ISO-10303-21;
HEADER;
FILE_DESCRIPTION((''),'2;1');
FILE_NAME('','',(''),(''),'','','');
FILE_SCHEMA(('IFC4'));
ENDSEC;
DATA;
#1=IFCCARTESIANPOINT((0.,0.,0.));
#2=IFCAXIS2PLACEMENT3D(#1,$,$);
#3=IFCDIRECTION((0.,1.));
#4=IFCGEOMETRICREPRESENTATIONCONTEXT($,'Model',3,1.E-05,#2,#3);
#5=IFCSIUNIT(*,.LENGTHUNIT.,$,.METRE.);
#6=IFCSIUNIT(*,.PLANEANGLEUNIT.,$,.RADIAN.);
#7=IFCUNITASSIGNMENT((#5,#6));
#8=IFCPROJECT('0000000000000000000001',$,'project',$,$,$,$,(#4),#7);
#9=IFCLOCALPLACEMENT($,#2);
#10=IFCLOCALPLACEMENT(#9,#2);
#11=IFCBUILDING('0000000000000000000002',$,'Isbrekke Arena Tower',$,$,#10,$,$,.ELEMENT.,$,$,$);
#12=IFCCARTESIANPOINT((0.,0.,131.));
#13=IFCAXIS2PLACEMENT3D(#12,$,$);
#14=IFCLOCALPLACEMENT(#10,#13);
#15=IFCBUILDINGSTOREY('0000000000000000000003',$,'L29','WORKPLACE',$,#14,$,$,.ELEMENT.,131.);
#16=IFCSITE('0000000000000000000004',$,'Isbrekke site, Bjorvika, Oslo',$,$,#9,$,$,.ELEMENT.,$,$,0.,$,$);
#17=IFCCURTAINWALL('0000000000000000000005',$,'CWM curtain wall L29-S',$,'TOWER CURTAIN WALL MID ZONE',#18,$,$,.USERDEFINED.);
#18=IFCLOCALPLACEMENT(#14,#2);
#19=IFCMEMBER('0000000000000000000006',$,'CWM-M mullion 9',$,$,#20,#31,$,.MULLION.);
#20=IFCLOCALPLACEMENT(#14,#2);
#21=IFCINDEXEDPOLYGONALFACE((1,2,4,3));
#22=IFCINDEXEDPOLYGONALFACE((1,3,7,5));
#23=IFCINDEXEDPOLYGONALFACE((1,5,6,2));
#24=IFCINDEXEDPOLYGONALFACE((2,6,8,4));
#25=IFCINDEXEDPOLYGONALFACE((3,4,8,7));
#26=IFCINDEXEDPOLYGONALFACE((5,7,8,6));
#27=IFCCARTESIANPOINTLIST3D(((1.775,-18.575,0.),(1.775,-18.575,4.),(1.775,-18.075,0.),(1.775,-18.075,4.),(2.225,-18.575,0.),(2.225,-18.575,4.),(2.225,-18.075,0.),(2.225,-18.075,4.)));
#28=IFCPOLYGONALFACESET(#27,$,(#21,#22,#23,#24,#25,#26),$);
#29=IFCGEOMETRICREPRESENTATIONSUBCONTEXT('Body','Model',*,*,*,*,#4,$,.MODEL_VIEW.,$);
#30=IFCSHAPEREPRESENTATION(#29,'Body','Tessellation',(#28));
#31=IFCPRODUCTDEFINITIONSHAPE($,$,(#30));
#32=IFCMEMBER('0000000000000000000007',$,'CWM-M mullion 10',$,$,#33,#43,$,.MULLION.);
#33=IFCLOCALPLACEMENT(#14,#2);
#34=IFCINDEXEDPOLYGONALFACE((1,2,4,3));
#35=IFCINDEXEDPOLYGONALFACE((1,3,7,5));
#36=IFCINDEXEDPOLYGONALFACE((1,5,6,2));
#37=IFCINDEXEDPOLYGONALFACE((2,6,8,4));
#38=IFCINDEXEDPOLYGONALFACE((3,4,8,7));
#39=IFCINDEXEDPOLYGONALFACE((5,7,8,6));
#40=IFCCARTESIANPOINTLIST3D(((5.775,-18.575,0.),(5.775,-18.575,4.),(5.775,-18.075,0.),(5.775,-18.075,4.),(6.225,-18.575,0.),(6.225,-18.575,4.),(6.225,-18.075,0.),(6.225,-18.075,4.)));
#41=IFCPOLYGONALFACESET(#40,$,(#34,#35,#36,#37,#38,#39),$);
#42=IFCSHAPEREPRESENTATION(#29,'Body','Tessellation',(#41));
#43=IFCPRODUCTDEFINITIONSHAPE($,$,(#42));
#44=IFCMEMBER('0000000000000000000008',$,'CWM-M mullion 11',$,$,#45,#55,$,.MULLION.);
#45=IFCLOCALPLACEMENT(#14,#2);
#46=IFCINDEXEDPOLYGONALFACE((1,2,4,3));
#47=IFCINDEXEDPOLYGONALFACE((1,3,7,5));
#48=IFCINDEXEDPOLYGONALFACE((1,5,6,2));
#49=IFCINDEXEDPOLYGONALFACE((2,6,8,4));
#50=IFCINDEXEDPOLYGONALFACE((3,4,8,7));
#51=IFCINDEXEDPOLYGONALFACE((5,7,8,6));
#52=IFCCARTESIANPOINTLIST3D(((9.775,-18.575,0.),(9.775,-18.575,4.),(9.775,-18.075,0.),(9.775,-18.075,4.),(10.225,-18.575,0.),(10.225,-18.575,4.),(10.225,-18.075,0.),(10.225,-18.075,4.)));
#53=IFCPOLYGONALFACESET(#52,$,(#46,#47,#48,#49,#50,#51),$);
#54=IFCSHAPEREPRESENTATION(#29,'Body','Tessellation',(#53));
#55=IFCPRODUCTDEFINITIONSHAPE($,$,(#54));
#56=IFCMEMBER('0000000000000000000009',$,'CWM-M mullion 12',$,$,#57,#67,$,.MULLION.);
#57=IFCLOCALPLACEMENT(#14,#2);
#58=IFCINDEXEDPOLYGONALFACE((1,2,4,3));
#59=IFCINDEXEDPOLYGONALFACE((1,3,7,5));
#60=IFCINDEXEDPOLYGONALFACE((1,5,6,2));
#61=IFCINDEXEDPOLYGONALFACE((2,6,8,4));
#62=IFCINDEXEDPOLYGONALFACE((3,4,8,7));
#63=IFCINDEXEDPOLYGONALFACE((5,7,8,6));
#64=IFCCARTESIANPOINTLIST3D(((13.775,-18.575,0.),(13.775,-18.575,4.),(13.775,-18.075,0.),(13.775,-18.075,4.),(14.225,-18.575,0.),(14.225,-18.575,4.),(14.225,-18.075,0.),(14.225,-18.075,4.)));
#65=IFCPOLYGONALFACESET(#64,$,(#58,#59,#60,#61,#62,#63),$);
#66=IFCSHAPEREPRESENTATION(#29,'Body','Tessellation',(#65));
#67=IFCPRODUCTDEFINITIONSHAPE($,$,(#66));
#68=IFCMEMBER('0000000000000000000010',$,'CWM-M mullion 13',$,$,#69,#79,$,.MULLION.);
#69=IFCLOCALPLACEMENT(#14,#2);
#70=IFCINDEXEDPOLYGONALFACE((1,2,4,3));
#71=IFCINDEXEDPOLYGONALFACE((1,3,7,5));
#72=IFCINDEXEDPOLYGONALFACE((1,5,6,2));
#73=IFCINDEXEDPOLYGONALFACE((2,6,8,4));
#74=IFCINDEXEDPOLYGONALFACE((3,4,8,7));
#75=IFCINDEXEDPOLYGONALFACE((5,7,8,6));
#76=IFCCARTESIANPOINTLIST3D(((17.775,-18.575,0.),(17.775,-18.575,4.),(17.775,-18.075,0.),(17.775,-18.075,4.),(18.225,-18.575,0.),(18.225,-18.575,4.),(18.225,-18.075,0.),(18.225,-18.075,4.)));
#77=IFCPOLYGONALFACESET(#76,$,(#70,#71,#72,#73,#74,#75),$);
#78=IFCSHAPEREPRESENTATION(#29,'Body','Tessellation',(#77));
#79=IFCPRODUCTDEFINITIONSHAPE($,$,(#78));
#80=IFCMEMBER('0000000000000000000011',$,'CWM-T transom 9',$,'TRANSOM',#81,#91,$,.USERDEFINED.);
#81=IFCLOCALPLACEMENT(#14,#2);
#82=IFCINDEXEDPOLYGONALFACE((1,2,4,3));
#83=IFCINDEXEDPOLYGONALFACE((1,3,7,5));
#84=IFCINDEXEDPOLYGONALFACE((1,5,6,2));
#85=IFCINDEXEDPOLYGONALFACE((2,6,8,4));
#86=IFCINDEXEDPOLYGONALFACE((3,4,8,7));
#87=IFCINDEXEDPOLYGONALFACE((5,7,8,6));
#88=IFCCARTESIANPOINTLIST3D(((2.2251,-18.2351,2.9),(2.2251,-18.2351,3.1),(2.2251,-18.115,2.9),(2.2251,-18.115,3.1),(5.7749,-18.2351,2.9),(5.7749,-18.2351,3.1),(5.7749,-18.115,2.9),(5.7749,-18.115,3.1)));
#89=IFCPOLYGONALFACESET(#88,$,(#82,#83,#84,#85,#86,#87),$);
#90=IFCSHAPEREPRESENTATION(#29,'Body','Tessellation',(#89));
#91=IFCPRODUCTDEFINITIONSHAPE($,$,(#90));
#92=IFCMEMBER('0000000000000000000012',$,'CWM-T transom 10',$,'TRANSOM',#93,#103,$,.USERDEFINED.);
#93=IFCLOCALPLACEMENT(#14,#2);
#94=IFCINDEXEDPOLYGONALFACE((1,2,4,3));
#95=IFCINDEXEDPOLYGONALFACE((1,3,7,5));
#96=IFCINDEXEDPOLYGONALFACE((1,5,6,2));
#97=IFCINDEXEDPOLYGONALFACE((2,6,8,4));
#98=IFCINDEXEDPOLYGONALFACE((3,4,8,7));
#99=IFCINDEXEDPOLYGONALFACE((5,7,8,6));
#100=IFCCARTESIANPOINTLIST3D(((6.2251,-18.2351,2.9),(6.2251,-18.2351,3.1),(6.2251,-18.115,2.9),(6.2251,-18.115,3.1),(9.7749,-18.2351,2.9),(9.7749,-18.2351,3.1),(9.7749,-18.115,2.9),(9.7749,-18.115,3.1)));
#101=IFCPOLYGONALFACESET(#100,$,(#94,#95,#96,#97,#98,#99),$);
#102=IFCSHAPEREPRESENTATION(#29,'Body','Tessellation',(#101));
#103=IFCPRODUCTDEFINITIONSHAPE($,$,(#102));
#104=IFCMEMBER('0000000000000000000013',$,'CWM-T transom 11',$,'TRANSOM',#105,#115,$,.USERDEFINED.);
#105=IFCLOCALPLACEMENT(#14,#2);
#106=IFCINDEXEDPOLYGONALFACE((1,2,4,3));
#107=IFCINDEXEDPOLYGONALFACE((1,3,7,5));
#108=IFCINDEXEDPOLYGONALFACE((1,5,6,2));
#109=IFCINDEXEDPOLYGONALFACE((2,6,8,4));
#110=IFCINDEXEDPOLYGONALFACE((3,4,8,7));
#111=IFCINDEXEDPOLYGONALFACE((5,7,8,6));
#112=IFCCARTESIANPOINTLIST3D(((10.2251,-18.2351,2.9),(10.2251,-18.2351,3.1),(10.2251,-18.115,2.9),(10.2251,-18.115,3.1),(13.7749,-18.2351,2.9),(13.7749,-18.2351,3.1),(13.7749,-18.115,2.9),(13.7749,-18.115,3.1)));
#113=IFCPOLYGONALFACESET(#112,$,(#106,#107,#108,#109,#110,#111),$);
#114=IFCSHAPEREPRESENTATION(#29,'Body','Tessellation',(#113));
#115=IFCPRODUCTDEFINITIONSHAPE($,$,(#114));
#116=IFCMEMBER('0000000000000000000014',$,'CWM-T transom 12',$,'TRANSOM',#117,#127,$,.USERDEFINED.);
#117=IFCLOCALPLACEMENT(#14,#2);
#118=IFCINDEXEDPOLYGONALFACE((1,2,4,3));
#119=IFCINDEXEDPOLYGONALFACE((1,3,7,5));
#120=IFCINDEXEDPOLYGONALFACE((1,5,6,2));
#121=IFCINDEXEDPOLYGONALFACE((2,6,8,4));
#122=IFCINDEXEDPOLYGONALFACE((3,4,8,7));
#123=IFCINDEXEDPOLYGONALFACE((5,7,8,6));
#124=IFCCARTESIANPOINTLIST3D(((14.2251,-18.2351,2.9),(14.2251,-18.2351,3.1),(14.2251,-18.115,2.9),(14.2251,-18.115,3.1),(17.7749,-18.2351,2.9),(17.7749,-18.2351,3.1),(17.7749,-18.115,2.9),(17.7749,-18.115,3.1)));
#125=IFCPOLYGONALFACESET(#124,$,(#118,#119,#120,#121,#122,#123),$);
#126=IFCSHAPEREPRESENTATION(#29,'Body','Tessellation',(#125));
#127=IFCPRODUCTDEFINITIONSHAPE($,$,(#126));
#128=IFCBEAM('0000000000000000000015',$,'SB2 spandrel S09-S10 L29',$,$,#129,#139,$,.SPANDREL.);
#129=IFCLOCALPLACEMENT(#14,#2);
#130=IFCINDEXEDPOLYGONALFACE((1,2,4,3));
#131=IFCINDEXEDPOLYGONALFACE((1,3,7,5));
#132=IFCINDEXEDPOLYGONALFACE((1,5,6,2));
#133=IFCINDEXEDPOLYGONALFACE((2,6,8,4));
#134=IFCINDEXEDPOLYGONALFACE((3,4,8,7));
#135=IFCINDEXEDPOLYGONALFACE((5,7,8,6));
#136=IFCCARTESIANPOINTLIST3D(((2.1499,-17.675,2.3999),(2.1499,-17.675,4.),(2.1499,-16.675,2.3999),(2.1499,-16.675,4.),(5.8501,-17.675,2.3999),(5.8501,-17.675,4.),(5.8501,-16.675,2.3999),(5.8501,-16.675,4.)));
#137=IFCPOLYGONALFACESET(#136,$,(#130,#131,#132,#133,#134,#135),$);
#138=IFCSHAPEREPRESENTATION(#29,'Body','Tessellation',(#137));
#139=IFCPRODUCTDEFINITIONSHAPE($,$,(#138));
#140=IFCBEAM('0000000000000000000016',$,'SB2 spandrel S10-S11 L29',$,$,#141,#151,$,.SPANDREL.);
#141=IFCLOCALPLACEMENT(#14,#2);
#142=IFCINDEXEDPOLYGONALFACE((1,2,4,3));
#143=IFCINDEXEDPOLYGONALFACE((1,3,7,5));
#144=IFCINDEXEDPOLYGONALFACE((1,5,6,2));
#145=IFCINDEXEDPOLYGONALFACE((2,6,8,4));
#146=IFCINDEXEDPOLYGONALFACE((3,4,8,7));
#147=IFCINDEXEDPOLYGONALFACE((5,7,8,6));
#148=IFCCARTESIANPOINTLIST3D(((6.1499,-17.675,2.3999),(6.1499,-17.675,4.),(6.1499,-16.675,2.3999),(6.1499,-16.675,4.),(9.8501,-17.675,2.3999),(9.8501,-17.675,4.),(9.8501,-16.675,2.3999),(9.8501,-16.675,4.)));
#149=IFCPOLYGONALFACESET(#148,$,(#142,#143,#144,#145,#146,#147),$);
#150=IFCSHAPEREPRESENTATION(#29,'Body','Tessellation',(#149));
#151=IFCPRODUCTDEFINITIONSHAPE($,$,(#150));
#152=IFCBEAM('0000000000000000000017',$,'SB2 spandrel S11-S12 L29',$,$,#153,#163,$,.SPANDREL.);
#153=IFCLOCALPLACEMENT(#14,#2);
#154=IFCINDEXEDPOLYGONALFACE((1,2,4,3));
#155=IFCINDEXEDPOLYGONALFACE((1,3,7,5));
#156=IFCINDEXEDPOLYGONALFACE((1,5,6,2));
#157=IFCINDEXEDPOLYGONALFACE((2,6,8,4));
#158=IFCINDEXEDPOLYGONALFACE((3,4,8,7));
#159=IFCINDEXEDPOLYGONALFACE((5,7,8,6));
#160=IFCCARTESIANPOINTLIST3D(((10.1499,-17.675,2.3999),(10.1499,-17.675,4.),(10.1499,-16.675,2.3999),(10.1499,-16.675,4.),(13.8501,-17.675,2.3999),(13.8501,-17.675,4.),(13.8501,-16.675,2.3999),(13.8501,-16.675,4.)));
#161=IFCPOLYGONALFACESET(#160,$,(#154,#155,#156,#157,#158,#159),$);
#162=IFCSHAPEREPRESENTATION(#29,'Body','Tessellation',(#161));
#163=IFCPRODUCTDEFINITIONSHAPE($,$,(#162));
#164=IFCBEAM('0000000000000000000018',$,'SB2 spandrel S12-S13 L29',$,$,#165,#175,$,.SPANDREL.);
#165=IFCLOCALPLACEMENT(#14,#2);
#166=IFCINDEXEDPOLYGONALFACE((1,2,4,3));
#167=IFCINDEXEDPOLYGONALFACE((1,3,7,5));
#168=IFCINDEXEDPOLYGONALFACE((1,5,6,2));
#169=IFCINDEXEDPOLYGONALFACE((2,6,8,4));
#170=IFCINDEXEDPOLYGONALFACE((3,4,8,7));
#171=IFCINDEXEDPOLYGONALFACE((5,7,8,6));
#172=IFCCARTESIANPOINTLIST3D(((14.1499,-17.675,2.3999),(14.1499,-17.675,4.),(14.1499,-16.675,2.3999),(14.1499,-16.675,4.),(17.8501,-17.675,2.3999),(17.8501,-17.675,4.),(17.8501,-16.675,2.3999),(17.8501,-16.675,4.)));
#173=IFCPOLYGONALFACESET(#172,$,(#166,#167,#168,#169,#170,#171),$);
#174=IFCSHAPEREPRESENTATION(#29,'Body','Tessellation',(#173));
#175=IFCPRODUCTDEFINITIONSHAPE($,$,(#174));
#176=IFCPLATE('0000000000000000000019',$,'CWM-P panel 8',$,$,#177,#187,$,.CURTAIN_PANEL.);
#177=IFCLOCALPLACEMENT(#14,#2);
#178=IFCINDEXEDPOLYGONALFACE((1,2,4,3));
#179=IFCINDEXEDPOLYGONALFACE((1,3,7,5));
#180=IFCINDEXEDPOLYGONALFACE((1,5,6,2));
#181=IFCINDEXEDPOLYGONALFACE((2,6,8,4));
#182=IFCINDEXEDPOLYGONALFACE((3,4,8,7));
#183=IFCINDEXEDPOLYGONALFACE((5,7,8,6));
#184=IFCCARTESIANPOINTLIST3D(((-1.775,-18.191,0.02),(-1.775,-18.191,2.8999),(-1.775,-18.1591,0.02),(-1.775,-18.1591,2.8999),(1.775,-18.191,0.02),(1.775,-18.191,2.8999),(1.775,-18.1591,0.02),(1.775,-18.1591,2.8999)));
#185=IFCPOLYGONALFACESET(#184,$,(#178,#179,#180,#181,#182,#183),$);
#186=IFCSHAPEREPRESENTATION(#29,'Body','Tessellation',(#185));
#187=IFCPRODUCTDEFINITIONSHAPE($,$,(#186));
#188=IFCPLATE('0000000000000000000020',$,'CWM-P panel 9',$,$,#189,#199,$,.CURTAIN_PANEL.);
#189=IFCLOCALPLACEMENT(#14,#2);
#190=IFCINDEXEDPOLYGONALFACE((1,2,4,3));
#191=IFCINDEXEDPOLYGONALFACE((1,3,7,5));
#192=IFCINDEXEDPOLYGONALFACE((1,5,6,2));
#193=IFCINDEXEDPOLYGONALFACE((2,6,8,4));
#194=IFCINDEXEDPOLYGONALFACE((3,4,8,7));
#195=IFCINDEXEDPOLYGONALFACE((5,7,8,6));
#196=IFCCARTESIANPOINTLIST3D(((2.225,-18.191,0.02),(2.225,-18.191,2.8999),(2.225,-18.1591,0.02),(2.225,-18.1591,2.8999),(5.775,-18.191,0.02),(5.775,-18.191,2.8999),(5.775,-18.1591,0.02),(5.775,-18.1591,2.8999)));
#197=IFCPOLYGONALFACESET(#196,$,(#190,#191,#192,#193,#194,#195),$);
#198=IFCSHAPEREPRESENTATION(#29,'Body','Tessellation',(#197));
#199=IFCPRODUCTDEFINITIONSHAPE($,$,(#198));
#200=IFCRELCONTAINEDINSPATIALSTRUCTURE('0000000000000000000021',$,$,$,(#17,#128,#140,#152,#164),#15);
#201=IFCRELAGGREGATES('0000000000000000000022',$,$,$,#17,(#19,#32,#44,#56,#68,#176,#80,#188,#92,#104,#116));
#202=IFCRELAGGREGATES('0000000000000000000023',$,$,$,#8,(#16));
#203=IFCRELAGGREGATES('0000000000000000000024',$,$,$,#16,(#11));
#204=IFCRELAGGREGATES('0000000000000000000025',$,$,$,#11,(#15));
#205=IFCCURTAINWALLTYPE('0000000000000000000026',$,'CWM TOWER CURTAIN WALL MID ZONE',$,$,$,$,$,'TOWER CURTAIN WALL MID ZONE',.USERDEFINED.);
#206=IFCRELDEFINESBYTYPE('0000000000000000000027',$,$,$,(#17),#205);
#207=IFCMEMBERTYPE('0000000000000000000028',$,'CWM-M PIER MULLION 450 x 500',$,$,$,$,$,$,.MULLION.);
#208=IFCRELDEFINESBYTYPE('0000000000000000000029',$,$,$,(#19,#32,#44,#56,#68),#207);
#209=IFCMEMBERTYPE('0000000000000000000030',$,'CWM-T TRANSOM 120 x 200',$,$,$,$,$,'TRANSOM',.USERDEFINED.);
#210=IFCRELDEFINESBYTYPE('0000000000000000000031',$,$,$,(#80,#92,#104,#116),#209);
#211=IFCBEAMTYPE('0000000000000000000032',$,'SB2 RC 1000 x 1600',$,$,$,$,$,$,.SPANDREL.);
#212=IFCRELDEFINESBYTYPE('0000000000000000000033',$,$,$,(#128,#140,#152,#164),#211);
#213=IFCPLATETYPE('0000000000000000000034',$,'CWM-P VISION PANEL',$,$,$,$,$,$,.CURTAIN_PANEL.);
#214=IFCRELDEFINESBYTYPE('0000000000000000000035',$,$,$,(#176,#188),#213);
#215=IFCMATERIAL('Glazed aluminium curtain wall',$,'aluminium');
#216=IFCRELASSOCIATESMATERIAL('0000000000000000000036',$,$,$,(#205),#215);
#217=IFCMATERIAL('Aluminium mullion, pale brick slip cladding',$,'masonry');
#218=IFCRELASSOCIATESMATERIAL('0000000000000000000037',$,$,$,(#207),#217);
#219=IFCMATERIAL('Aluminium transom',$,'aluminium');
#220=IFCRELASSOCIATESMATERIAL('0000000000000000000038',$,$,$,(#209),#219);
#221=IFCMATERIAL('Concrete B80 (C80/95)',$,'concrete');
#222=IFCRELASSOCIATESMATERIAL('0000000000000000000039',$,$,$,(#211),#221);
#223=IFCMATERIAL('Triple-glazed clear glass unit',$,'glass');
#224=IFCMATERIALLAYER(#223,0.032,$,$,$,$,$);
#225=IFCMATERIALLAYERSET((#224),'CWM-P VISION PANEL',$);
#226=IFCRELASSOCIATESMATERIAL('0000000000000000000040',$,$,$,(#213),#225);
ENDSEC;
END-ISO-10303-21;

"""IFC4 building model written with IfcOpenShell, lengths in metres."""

from ifc_helpers import new_model, si_unit, direction, frame, origin, origin_2d, place, context, subcontext, project, spatial, rectangle, extrude, material, layer, layer_set, material_profile, profile_set, type_object, element, aggregate, save


model = new_model("IFC4")

# Units and contexts
model_context = context("Model", 3, precision=1e-05, world=origin(), true_north=direction((0.0, 1.0)))
body_context = subcontext(model_context, "Body", "Model", "MODEL_VIEW")
ifc_project = project(units=[si_unit("LENGTHUNIT", "METRE"), si_unit("PLANEANGLEUNIT", "RADIAN")], contexts=[model_context])

# Site, building, storey
site_placement = place(None, origin())
site = spatial("IfcSite", under=ifc_project, at=site_placement, Name="Isbrekke site, Bjorvika, Oslo", CompositionType="ELEMENT", RefElevation=0.0)
building_placement = place(site_placement, origin())
building = spatial("IfcBuilding", under=site, at=building_placement, Name="Isbrekke Arena Tower", CompositionType="ELEMENT")
storey_placement = place(building_placement, frame((0.0, 0.0, 131.0)))
storey = spatial("IfcBuildingStorey", under=building, at=storey_placement, Name="L29", Description="WORKPLACE", CompositionType="ELEMENT", Elevation=131.0)

# Curtain wall, members
ifc_material_1 = material(Name="Glazed aluminium curtain wall", Category="aluminium")
curtain_wall_type = type_object("IfcCurtainWallType", Name="CWM TOWER CURTAIN WALL MID ZONE", ElementType="TOWER CURTAIN WALL MID ZONE", PredefinedType="USERDEFINED", material=ifc_material_1)
curtain_wall_placement = place(storey_placement, origin())
curtain_wall = element("IfcCurtainWall", 1, at=curtain_wall_placement, inside=storey, type_object=curtain_wall_type, Name="CWM curtain wall L29-S", ObjectType="TOWER CURTAIN WALL MID ZONE", PredefinedType="USERDEFINED")
ifc_material_2 = material(Name="Aluminium mullion, pale brick slip cladding", Category="masonry")
ifc_material_profile_1 = material_profile(ifc_material_2, rectangle(XDim=0.45, YDim=0.5, at=origin_2d()), Name="PIER 450X500")
ifc_profile_set_1 = profile_set([ifc_material_profile_1], Name="Aluminium mullion, pale brick slip cladding")
member_type_1 = type_object("IfcMemberType", Name="CWM-M PIER MULLION 450 x 500", PredefinedType="MULLION", material=ifc_profile_set_1)
member_1_placement = place(storey_placement, frame((2.0, -18.325, 0.0), z_axis=(0.0, 0.0, 1.0), x_axis=(1.0, 0.0, 0.0)))
member_1 = element("IfcMember", 2, at=member_1_placement, type_object=member_type_1, Name="CWM-M mullion 9", PredefinedType="MULLION", context=body_context, shape_type="SweptSolid", body=[
    extrude(rectangle(XDim=0.45, YDim=0.5, at=origin_2d()), origin(), (0.0, 0.0, 1.0), 4.0),
])
member_2_placement = place(storey_placement, frame((6.0, -18.325, 0.0), z_axis=(0.0, 0.0, 1.0), x_axis=(1.0, 0.0, 0.0)))
member_2 = element("IfcMember", 3, at=member_2_placement, type_object=member_type_1, Name="CWM-M mullion 10", PredefinedType="MULLION", context=body_context, shape_type="SweptSolid", body=[
    extrude(rectangle(XDim=0.45, YDim=0.5, at=origin_2d()), origin(), (0.0, 0.0, 1.0), 4.0),
])
member_3_placement = place(storey_placement, frame((10.0, -18.325, 0.0), z_axis=(0.0, 0.0, 1.0), x_axis=(1.0, 0.0, 0.0)))
member_3 = element("IfcMember", 4, at=member_3_placement, type_object=member_type_1, Name="CWM-M mullion 11", PredefinedType="MULLION", context=body_context, shape_type="SweptSolid", body=[
    extrude(rectangle(XDim=0.45, YDim=0.5, at=origin_2d()), origin(), (0.0, 0.0, 1.0), 4.0),
])
member_4_placement = place(storey_placement, frame((14.0, -18.325, 0.0), z_axis=(0.0, 0.0, 1.0), x_axis=(1.0, 0.0, 0.0)))
member_4 = element("IfcMember", 5, at=member_4_placement, type_object=member_type_1, Name="CWM-M mullion 12", PredefinedType="MULLION", context=body_context, shape_type="SweptSolid", body=[
    extrude(rectangle(XDim=0.45, YDim=0.5, at=origin_2d()), origin(), (0.0, 0.0, 1.0), 4.0),
])
member_5_placement = place(storey_placement, frame((18.0, -18.325, 0.0), z_axis=(0.0, 0.0, 1.0), x_axis=(1.0, 0.0, 0.0)))
member_5 = element("IfcMember", 6, at=member_5_placement, type_object=member_type_1, Name="CWM-M mullion 13", PredefinedType="MULLION", context=body_context, shape_type="SweptSolid", body=[
    extrude(rectangle(XDim=0.45, YDim=0.5, at=origin_2d()), origin(), (0.0, 0.0, 1.0), 4.0),
])
ifc_material_3 = material(Name="Aluminium transom", Category="aluminium")
ifc_material_profile_2 = material_profile(ifc_material_3, rectangle(XDim=0.1201, YDim=0.2, at=origin_2d()), Name="TRANSOM 120X200")
ifc_profile_set_2 = profile_set([ifc_material_profile_2], Name="Aluminium transom")
member_type_2 = type_object("IfcMemberType", Name="CWM-T TRANSOM 120 x 200", ElementType="TRANSOM", PredefinedType="USERDEFINED", material=ifc_profile_set_2)
member_6_placement = place(storey_placement, frame((2.2251, -18.175, 3.0), z_axis=(1.0, 0.0, 0.0), x_axis=(0.0, 1.0, 0.0)))
member_6 = element("IfcMember", 7, at=member_6_placement, type_object=member_type_2, Name="CWM-T transom 9", ObjectType="TRANSOM", PredefinedType="USERDEFINED", context=body_context, shape_type="SweptSolid", body=[
    extrude(rectangle(XDim=0.1201, YDim=0.2, at=origin_2d()), origin(), (0.0, 0.0, 1.0), 3.5498),
])
member_7_placement = place(storey_placement, frame((6.2251, -18.175, 3.0), z_axis=(1.0, 0.0, 0.0), x_axis=(0.0, 1.0, 0.0)))
member_7 = element("IfcMember", 8, at=member_7_placement, type_object=member_type_2, Name="CWM-T transom 10", ObjectType="TRANSOM", PredefinedType="USERDEFINED", context=body_context, shape_type="SweptSolid", body=[
    extrude(rectangle(XDim=0.1201, YDim=0.2, at=origin_2d()), origin(), (0.0, 0.0, 1.0), 3.5498),
])
member_8_placement = place(storey_placement, frame((10.2251, -18.175, 3.0), z_axis=(1.0, 0.0, 0.0), x_axis=(0.0, 1.0, 0.0)))
member_8 = element("IfcMember", 9, at=member_8_placement, type_object=member_type_2, Name="CWM-T transom 11", ObjectType="TRANSOM", PredefinedType="USERDEFINED", context=body_context, shape_type="SweptSolid", body=[
    extrude(rectangle(XDim=0.1201, YDim=0.2, at=origin_2d()), origin(), (0.0, 0.0, 1.0), 3.5498),
])
member_9_placement = place(storey_placement, frame((14.2251, -18.175, 3.0), z_axis=(1.0, 0.0, 0.0), x_axis=(0.0, 1.0, 0.0)))
member_9 = element("IfcMember", 10, at=member_9_placement, type_object=member_type_2, Name="CWM-T transom 12", ObjectType="TRANSOM", PredefinedType="USERDEFINED", context=body_context, shape_type="SweptSolid", body=[
    extrude(rectangle(XDim=0.1201, YDim=0.2, at=origin_2d()), origin(), (0.0, 0.0, 1.0), 3.5498),
])

# Beams
ifc_material_4 = material(Name="Concrete B80 (C80/95)", Category="concrete")
ifc_material_profile_3 = material_profile(ifc_material_4, rectangle(XDim=1.0, YDim=1.6001, at=origin_2d()), Name="RC 1000x1600")
ifc_profile_set_3 = profile_set([ifc_material_profile_3], Name="Concrete B80 (C80/95)")
beam_type_1 = type_object("IfcBeamType", Name="SB2 RC 1000 x 1600", PredefinedType="SPANDREL", material=ifc_profile_set_3)
for number, where, z_axis, x_axis, name in (
    (11, (2.1499, -17.175, 3.2), (1.0, 0.0, 0.0), (0.0, 1.0, 0.0), "SB2 spandrel S09-S10 L29"),
    (12, (6.1499, -17.175, 3.2), (1.0, 0.0, 0.0), (0.0, 1.0, 0.0), "SB2 spandrel S10-S11 L29"),
    (13, (10.1499, -17.175, 3.2), (1.0, 0.0, 0.0), (0.0, 1.0, 0.0), "SB2 spandrel S11-S12 L29"),
    (14, (14.1499, -17.175, 3.2), (1.0, 0.0, 0.0), (0.0, 1.0, 0.0), "SB2 spandrel S12-S13 L29"),
):
    element("IfcBeam", number, at=place(storey_placement, frame(where, z_axis=z_axis, x_axis=x_axis)), inside=storey, type_object=beam_type_1, Name=name, PredefinedType="SPANDREL", context=body_context, shape_type="SweptSolid", body=[
        extrude(rectangle(XDim=1.0, YDim=1.6001, at=origin_2d()), origin(), (0.0, 0.0, 1.0), 3.7002),
    ])

# Plates
ifc_material_5 = material(Name="Triple-glazed clear glass unit", Category="glass")
ifc_layer = layer(ifc_material_5, 0.032)
ifc_layer_set = layer_set([ifc_layer], Name="CWM-P VISION PANEL")
plate_type = type_object("IfcPlateType", Name="CWM-P VISION PANEL", PredefinedType="CURTAIN_PANEL", material=ifc_layer_set)
plate_1_placement = place(storey_placement, frame((0.0, -18.175, 0.02), z_axis=(0.0, 0.0, 1.0), x_axis=(1.0, 0.0, 0.0)))
plate_1 = element("IfcPlate", 15, at=plate_1_placement, type_object=plate_type, Name="CWM-P panel 8", PredefinedType="CURTAIN_PANEL", context=body_context, shape_type="SweptSolid", body=[
    extrude(rectangle(XDim=3.55, YDim=0.032, at=origin_2d()), origin(), (0.0, 0.0, 1.0), 2.8799),
])
plate_2_placement = place(storey_placement, frame((4.0, -18.175, 0.02), z_axis=(0.0, 0.0, 1.0), x_axis=(1.0, 0.0, 0.0)))
plate_2 = element("IfcPlate", 16, at=plate_2_placement, type_object=plate_type, Name="CWM-P panel 9", PredefinedType="CURTAIN_PANEL", context=body_context, shape_type="SweptSolid", body=[
    extrude(rectangle(XDim=3.55, YDim=0.032, at=origin_2d()), origin(), (0.0, 0.0, 1.0), 2.8799),
])
aggregate(curtain_wall, [member_1, member_2, member_3, member_4, member_5, plate_1, member_6, plate_2, member_7, member_8, member_9])

save(model, "model.ifc")
